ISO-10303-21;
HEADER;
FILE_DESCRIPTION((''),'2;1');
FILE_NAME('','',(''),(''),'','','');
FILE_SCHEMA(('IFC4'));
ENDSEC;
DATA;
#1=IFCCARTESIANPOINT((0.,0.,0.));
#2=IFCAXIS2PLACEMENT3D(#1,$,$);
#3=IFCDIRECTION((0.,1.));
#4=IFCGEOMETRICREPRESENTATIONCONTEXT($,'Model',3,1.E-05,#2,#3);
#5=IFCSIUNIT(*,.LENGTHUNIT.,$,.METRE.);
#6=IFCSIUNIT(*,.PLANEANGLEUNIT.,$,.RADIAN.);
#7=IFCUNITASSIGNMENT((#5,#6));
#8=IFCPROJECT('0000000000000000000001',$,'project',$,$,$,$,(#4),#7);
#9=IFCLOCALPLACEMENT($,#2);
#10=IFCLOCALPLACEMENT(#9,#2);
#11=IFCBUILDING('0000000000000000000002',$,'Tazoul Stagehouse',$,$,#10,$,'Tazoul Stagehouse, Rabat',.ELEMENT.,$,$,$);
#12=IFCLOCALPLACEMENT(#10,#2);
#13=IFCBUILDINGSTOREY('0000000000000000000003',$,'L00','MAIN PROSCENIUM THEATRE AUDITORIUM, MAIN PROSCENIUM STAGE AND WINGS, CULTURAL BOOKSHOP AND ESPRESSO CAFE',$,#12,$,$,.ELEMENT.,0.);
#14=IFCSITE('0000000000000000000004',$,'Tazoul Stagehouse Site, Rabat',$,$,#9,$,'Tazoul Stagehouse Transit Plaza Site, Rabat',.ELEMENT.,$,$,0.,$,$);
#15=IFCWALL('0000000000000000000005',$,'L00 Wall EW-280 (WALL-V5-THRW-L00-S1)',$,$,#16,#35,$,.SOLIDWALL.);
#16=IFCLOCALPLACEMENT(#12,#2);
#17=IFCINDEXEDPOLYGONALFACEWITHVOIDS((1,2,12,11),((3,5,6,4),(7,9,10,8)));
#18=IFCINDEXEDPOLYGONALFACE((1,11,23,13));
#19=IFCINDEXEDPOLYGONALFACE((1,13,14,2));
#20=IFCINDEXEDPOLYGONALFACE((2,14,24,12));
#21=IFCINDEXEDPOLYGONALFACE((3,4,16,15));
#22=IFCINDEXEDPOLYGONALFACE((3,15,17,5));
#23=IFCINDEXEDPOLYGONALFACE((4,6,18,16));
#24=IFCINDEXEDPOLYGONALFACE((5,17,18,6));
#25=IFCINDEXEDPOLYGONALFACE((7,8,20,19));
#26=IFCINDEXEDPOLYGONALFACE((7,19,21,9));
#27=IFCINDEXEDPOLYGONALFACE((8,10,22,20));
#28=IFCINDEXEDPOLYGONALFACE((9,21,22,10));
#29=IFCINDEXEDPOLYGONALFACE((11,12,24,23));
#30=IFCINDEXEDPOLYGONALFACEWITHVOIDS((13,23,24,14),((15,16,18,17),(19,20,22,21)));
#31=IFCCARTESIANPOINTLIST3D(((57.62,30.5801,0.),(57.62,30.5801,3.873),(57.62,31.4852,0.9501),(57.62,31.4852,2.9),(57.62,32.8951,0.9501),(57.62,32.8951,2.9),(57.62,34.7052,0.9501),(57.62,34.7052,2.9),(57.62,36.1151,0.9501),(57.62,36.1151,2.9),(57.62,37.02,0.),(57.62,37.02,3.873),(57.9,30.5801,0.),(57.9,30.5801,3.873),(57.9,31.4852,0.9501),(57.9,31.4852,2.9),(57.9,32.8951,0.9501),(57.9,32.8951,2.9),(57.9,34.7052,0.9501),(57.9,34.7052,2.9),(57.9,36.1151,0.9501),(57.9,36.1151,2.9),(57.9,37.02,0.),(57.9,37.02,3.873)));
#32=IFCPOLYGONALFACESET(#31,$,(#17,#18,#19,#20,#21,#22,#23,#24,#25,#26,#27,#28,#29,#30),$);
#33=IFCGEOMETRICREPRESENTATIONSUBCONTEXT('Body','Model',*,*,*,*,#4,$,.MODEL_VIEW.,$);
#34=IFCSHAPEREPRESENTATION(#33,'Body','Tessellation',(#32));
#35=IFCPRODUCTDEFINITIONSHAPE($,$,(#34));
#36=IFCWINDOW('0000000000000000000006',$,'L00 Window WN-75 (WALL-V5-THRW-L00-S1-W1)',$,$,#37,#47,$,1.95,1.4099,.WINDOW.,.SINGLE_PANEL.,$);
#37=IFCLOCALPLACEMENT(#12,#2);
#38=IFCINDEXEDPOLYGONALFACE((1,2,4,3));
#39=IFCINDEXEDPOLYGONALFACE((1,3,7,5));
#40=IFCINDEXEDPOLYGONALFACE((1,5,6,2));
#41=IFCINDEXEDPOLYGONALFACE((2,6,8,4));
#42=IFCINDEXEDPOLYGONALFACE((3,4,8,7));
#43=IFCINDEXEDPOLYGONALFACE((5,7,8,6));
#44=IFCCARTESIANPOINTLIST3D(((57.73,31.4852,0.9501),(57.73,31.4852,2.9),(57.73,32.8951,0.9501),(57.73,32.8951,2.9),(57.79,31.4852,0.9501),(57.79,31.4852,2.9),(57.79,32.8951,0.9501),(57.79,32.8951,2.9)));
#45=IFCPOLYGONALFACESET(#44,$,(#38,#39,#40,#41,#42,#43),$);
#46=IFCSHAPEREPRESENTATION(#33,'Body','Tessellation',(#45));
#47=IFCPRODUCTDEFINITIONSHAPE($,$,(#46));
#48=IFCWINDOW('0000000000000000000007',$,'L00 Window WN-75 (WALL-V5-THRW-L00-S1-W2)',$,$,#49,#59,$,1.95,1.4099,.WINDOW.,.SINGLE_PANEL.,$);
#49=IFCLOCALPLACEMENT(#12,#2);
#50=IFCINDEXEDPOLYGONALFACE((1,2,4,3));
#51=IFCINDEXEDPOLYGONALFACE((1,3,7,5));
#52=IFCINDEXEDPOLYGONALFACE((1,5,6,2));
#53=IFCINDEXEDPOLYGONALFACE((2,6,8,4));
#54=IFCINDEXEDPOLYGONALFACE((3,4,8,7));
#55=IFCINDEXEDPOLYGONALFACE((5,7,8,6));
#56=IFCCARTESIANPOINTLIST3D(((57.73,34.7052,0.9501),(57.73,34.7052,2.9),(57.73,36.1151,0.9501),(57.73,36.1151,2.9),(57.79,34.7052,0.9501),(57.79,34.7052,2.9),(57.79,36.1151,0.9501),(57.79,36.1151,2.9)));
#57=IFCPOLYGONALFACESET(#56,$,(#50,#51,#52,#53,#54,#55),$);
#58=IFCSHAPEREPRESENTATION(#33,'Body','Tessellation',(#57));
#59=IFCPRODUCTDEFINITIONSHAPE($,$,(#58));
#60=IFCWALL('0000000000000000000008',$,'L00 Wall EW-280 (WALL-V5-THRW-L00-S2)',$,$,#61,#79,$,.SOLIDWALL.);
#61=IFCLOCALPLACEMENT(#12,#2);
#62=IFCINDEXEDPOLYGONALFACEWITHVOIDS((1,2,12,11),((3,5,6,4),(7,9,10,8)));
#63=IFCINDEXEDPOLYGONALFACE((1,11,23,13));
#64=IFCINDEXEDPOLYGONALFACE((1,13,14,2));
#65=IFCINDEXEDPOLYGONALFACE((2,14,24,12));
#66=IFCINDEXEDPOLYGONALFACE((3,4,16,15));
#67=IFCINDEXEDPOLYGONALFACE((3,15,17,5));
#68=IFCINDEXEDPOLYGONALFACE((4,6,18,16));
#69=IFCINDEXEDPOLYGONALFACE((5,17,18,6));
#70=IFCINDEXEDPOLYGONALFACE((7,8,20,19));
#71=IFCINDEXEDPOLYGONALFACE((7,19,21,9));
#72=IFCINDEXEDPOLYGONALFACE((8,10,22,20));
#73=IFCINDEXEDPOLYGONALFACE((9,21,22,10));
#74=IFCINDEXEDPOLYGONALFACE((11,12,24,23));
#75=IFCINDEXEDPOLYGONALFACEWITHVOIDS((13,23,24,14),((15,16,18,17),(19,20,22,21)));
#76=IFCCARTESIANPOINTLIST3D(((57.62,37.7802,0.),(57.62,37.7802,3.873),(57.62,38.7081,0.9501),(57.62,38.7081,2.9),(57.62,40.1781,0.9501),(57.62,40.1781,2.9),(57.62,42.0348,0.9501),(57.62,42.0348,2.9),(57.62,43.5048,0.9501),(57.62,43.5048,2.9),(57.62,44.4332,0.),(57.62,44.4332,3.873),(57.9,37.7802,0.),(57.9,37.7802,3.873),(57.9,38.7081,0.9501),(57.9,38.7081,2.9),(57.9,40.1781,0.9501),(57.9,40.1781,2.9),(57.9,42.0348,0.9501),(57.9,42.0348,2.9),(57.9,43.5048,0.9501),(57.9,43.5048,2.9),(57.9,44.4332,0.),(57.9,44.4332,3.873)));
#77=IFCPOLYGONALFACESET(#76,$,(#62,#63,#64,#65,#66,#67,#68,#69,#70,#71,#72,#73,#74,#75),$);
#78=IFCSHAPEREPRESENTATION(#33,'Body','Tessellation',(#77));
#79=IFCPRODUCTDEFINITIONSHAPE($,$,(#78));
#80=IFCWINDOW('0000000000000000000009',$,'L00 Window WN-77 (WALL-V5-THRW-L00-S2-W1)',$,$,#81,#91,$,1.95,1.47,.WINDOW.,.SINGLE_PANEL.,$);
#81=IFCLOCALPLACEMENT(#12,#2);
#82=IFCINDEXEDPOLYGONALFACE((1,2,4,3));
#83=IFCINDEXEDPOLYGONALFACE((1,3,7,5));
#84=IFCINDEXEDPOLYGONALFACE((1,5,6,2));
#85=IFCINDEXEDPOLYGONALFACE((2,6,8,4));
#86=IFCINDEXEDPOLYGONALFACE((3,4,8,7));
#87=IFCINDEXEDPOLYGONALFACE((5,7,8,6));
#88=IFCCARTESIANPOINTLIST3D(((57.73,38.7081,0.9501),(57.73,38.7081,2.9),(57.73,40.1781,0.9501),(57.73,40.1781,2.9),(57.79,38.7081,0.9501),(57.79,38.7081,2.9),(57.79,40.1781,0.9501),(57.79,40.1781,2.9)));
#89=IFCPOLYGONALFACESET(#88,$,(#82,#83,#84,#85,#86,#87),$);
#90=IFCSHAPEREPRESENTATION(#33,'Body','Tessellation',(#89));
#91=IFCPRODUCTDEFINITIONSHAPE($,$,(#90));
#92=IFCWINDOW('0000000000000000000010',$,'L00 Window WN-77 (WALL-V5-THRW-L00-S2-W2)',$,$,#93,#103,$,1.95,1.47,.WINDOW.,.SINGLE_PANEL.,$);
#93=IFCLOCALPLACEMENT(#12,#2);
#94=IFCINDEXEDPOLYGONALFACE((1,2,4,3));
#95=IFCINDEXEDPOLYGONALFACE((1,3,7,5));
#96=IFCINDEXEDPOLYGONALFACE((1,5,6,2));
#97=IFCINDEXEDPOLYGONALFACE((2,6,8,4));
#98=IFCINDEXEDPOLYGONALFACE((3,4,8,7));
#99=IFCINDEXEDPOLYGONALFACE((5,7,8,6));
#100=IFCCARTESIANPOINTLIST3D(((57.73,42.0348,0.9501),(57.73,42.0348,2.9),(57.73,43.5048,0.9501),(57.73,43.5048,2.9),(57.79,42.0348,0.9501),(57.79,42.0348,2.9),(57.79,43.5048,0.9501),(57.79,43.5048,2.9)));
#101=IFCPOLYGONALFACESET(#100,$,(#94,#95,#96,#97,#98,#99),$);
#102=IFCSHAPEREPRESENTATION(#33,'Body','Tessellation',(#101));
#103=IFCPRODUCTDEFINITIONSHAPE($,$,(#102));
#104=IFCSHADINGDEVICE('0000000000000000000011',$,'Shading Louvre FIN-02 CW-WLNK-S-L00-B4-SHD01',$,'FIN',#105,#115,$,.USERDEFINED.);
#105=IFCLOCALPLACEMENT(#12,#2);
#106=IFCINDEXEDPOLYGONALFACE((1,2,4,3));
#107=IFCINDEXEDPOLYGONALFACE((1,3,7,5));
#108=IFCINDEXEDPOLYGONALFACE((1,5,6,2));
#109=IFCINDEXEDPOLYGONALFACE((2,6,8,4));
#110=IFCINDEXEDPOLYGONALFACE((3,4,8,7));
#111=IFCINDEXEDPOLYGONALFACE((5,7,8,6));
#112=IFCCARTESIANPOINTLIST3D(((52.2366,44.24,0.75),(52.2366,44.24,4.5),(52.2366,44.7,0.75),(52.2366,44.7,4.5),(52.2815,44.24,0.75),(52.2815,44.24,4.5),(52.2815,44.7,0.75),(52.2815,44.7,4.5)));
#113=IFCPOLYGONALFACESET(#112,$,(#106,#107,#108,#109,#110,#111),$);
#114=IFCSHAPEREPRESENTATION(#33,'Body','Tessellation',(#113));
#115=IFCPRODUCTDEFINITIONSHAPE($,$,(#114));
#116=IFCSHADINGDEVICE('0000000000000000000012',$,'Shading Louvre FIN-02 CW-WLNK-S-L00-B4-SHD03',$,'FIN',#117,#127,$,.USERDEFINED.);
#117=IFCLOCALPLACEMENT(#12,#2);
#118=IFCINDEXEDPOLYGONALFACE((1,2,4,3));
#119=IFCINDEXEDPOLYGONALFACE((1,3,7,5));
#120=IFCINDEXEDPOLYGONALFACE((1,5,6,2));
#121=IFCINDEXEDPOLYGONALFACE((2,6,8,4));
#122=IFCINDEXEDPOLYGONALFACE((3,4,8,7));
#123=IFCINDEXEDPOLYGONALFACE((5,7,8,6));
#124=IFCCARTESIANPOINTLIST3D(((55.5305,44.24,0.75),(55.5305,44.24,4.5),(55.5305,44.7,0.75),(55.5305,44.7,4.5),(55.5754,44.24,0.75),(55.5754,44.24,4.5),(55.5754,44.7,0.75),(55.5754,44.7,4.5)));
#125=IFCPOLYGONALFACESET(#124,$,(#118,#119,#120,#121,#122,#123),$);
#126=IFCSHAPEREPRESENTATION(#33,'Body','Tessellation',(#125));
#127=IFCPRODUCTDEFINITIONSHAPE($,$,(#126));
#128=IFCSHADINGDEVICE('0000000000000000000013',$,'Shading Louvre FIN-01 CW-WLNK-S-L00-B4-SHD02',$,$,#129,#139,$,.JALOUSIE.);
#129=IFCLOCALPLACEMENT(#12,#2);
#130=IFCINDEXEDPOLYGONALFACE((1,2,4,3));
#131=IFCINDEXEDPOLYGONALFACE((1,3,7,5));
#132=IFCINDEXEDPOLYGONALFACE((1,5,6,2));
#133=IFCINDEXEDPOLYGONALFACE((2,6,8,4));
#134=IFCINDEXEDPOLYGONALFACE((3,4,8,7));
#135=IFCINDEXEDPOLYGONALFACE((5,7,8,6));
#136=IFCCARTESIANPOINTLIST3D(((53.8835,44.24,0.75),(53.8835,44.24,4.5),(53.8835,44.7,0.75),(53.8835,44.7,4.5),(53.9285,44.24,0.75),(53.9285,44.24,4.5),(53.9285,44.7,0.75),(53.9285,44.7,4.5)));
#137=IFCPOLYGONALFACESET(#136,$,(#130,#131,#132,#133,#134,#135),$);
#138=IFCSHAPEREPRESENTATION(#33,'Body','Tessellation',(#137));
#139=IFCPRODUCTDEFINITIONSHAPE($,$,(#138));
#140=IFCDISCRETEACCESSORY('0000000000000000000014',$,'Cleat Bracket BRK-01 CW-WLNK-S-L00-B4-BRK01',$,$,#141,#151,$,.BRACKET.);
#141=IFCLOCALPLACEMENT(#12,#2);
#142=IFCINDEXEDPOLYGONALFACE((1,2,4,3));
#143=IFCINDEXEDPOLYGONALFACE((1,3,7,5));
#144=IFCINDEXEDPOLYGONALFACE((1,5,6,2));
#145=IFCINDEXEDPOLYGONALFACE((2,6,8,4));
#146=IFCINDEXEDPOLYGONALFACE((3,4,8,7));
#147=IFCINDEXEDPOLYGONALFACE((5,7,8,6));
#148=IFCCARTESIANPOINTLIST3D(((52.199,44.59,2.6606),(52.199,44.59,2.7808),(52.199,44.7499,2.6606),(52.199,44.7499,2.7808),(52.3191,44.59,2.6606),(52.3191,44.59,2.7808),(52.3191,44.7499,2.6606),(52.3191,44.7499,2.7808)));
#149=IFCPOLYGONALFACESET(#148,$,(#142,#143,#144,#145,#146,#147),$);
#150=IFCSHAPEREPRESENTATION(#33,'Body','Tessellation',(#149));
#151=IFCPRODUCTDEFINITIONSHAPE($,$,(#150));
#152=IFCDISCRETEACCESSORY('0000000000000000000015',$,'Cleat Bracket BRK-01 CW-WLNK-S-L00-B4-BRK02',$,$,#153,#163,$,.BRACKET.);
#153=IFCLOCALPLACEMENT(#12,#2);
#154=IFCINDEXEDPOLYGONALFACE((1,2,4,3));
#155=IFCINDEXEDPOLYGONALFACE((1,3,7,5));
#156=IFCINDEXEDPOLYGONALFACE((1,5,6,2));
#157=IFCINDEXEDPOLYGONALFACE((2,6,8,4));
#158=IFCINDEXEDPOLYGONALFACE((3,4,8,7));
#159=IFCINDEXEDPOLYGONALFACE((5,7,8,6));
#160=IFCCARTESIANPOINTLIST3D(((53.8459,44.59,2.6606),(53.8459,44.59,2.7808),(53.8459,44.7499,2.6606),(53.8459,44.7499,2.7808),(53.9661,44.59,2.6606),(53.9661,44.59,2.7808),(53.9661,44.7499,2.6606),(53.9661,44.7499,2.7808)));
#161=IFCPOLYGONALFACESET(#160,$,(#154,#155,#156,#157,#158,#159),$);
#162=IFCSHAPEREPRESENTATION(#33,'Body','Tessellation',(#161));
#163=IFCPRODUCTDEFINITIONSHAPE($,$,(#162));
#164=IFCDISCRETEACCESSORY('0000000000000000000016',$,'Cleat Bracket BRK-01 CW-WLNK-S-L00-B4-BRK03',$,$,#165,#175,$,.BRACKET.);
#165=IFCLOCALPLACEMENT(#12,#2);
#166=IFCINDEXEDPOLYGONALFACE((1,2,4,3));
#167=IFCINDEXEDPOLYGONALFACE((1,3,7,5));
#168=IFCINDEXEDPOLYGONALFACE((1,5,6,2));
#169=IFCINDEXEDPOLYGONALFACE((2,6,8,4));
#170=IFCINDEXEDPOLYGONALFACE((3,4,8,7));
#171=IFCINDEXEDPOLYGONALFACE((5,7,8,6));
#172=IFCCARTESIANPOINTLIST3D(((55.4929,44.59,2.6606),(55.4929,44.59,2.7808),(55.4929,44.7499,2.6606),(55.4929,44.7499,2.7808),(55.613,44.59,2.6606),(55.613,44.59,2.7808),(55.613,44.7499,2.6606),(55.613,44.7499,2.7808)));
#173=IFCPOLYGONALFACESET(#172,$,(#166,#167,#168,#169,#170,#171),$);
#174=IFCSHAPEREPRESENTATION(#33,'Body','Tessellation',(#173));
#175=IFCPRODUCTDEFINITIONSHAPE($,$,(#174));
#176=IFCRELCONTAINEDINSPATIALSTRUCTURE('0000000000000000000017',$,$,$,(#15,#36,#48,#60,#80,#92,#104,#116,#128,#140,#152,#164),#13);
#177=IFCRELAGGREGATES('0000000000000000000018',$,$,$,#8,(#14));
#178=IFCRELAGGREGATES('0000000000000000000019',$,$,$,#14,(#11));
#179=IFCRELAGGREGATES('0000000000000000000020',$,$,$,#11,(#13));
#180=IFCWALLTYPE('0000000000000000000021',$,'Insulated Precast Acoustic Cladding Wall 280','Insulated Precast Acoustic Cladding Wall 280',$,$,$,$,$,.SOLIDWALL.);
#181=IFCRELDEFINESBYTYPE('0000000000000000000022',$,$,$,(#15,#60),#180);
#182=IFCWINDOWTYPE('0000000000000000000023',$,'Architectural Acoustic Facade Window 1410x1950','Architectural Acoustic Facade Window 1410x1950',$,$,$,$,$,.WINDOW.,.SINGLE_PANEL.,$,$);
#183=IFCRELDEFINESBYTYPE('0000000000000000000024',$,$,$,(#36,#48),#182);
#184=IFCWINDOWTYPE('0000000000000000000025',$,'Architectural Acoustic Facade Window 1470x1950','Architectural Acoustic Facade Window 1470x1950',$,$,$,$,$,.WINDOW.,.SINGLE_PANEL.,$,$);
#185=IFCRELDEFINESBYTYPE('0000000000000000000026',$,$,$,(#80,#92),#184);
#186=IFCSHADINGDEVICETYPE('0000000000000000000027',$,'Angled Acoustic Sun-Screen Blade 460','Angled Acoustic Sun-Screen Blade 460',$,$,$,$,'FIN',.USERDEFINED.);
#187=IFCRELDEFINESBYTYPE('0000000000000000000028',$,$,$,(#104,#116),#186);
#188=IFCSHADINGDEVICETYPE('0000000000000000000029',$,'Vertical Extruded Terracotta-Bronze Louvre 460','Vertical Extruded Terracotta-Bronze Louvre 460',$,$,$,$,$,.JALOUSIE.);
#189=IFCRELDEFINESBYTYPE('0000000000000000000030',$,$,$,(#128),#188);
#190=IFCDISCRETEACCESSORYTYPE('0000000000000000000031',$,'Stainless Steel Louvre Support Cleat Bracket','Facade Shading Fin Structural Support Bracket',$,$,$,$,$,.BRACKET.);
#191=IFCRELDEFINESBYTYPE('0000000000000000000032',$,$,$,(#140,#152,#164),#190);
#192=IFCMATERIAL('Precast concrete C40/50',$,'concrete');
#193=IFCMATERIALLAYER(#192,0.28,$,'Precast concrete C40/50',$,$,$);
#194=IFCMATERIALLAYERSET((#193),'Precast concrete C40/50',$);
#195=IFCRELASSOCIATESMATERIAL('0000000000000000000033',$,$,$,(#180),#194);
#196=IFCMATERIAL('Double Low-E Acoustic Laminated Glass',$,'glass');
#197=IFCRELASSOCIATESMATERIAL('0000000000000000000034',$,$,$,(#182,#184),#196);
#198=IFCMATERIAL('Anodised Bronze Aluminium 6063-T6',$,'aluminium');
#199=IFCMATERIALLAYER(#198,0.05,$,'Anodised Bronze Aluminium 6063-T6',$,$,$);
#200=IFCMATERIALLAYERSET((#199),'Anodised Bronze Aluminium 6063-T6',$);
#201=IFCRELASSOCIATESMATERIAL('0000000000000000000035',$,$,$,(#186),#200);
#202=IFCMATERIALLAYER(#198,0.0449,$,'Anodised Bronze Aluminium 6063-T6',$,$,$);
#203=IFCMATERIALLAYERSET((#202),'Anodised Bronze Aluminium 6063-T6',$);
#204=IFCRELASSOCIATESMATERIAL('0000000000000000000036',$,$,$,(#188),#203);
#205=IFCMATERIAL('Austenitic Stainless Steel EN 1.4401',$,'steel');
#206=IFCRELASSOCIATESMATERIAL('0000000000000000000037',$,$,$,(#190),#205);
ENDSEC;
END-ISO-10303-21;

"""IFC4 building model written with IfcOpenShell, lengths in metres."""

from ifc_helpers import new_model, si_unit, direction, frame, frame_2d, origin, origin_2d, place, context, subcontext, project, spatial, rectangle, extrude, material, layer, layer_set, type_object, element, fill, save


model = new_model("IFC4")

# Units and contexts
model_context = context("Model", 3, precision=1e-05, world=origin(), true_north=direction((0.0, 1.0)))
body_context = subcontext(model_context, "Body", "Model", "MODEL_VIEW")
ifc_project = project(units=[si_unit("LENGTHUNIT", "METRE"), si_unit("PLANEANGLEUNIT", "RADIAN")], contexts=[model_context])

# Site, building, storey
site_placement = place(None, origin())
site = spatial("IfcSite", under=ifc_project, at=site_placement, Name="Tazoul Stagehouse Site, Rabat", LongName="Tazoul Stagehouse Transit Plaza Site, Rabat", CompositionType="ELEMENT", RefElevation=0.0)
building_placement = place(site_placement, origin())
building = spatial("IfcBuilding", under=site, at=building_placement, Name="Tazoul Stagehouse", LongName="Tazoul Stagehouse, Rabat", CompositionType="ELEMENT")
storey_placement = place(building_placement, origin())
storey = spatial("IfcBuildingStorey", under=building, at=storey_placement, Name="L00", Description="MAIN PROSCENIUM THEATRE AUDITORIUM, MAIN PROSCENIUM STAGE AND WINGS, CULTURAL BOOKSHOP AND ESPRESSO CAFE", CompositionType="ELEMENT", Elevation=0.0)

# Shared definitions
ifc_material_1 = material(Name="Anodised Bronze Aluminium 6063-T6", Category="aluminium")

# Walls, openings, windows
ifc_material_2 = material(Name="Precast concrete C40/50", Category="concrete")
ifc_layer_1 = layer(ifc_material_2, 0.28, Name="Precast concrete C40/50")
ifc_layer_set_1 = layer_set([ifc_layer_1], Name="Precast concrete C40/50")
wall_type = type_object("IfcWallType", Name="Insulated Precast Acoustic Cladding Wall 280", Description="Insulated Precast Acoustic Cladding Wall 280", PredefinedType="SOLIDWALL", material=ifc_layer_set_1)
wall_1_placement = place(storey_placement, frame((57.76, 30.5801, 0.0), z_axis=(0.0, 0.0, 1.0), x_axis=(0.0, 1.0, 0.0)))
wall_1 = element("IfcWall", 1, at=wall_1_placement, inside=storey, type_object=wall_type, Name="L00 Wall EW-280 (WALL-V5-THRW-L00-S1)", PredefinedType="SOLIDWALL", context=body_context, shape_type="SweptSolid", body=[
    extrude(rectangle(XDim=6.4399, YDim=0.28, at=frame_2d((3.22, 0.0))), origin(), (0.0, 0.0, 1.0), 3.873),
])
opening_1_placement = place(wall_1_placement, frame((0.905, 0.0, 0.95)))
opening_1 = element("IfcOpeningElement", 2, at=opening_1_placement, cuts=wall_1, PredefinedType="OPENING", context=body_context, shape_type="SweptSolid", body=[
    extrude(rectangle(XDim=1.4099, YDim=1.95, at=frame_2d((0.7051, 0.9751))), frame((0.0, 0.1599, 0.0), z_axis=(0.0, -1.0, 0.0), x_axis=(1.0, 0.0, 0.0)), (0.0, 0.0, 1.0), 0.3201),
])
opening_2_placement = place(wall_1_placement, frame((4.125, 0.0, 0.95)))
opening_2 = element("IfcOpeningElement", 3, at=opening_2_placement, cuts=wall_1, PredefinedType="OPENING", context=body_context, shape_type="SweptSolid", body=[
    extrude(rectangle(XDim=1.4099, YDim=1.95, at=frame_2d((0.7051, 0.9751))), frame((0.0, 0.1599, 0.0), z_axis=(0.0, -1.0, 0.0), x_axis=(1.0, 0.0, 0.0)), (0.0, 0.0, 1.0), 0.3201),
])
ifc_material_3 = material(Name="Double Low-E Acoustic Laminated Glass", Category="glass")
window_type_1 = type_object("IfcWindowType", Name="Architectural Acoustic Facade Window 1410x1950", Description="Architectural Acoustic Facade Window 1410x1950", PartitioningType="SINGLE_PANEL", PredefinedType="WINDOW", material=ifc_material_3)
window_1_placement = place(opening_1_placement, origin())
window_1 = element("IfcWindow", 4, at=window_1_placement, inside=storey, type_object=window_type_1, Name="L00 Window WN-75 (WALL-V5-THRW-L00-S1-W1)", OverallHeight=1.95, OverallWidth=1.4099, PartitioningType="SINGLE_PANEL", PredefinedType="WINDOW", context=body_context, shape_type="SweptSolid", body=[
    extrude(rectangle(XDim=1.4099, YDim=1.95, at=frame_2d((0.7051, 0.9751))), frame((0.0, 0.03, 0.0), z_axis=(0.0, -1.0, 0.0), x_axis=(1.0, 0.0, 0.0)), (0.0, 0.0, 1.0), 0.0601),
])
fill(opening_1, window_1)
window_2_placement = place(opening_2_placement, origin())
window_2 = element("IfcWindow", 5, at=window_2_placement, inside=storey, type_object=window_type_1, Name="L00 Window WN-75 (WALL-V5-THRW-L00-S1-W2)", OverallHeight=1.95, OverallWidth=1.4099, PartitioningType="SINGLE_PANEL", PredefinedType="WINDOW", context=body_context, shape_type="SweptSolid", body=[
    extrude(rectangle(XDim=1.4099, YDim=1.95, at=frame_2d((0.7051, 0.9751))), frame((0.0, 0.03, 0.0), z_axis=(0.0, -1.0, 0.0), x_axis=(1.0, 0.0, 0.0)), (0.0, 0.0, 1.0), 0.0601),
])
fill(opening_2, window_2)
wall_2_placement = place(storey_placement, frame((57.76, 37.78, 0.0), z_axis=(0.0, 0.0, 1.0), x_axis=(0.0, 1.0, 0.0)))
wall_2 = element("IfcWall", 6, at=wall_2_placement, inside=storey, type_object=wall_type, Name="L00 Wall EW-280 (WALL-V5-THRW-L00-S2)", PredefinedType="SOLIDWALL", context=body_context, shape_type="SweptSolid", body=[
    extrude(rectangle(XDim=6.6531, YDim=0.28, at=frame_2d((3.3267, 0.0))), origin(), (0.0, 0.0, 1.0), 3.873),
])
opening_3_placement = place(wall_2_placement, frame((0.9282, 0.0, 0.95)))
opening_3 = element("IfcOpeningElement", 7, at=opening_3_placement, cuts=wall_2, PredefinedType="OPENING", context=body_context, shape_type="SweptSolid", body=[
    extrude(rectangle(XDim=1.47, YDim=1.95, at=frame_2d((0.7349, 0.9751))), frame((0.0, 0.1599, 0.0), z_axis=(0.0, -1.0, 0.0), x_axis=(1.0, 0.0, 0.0)), (0.0, 0.0, 1.0), 0.3201),
])
opening_4_placement = place(wall_2_placement, frame((4.2549, 0.0, 0.95)))
opening_4 = element("IfcOpeningElement", 8, at=opening_4_placement, cuts=wall_2, PredefinedType="OPENING", context=body_context, shape_type="SweptSolid", body=[
    extrude(rectangle(XDim=1.47, YDim=1.95, at=frame_2d((0.7349, 0.9751))), frame((0.0, 0.1599, 0.0), z_axis=(0.0, -1.0, 0.0), x_axis=(1.0, 0.0, 0.0)), (0.0, 0.0, 1.0), 0.3201),
])
window_type_2 = type_object("IfcWindowType", Name="Architectural Acoustic Facade Window 1470x1950", Description="Architectural Acoustic Facade Window 1470x1950", PartitioningType="SINGLE_PANEL", PredefinedType="WINDOW", material=ifc_material_3)
window_3_placement = place(opening_3_placement, origin())
window_3 = element("IfcWindow", 9, at=window_3_placement, inside=storey, type_object=window_type_2, Name="L00 Window WN-77 (WALL-V5-THRW-L00-S2-W1)", OverallHeight=1.95, OverallWidth=1.47, PartitioningType="SINGLE_PANEL", PredefinedType="WINDOW", context=body_context, shape_type="SweptSolid", body=[
    extrude(rectangle(XDim=1.47, YDim=1.95, at=frame_2d((0.7349, 0.9751))), frame((0.0, 0.03, 0.0), z_axis=(0.0, -1.0, 0.0), x_axis=(1.0, 0.0, 0.0)), (0.0, 0.0, 1.0), 0.0601),
])
fill(opening_3, window_3)
window_4_placement = place(opening_4_placement, origin())
window_4 = element("IfcWindow", 10, at=window_4_placement, inside=storey, type_object=window_type_2, Name="L00 Window WN-77 (WALL-V5-THRW-L00-S2-W2)", OverallHeight=1.95, OverallWidth=1.47, PartitioningType="SINGLE_PANEL", PredefinedType="WINDOW", context=body_context, shape_type="SweptSolid", body=[
    extrude(rectangle(XDim=1.47, YDim=1.95, at=frame_2d((0.7349, 0.9751))), frame((0.0, 0.03, 0.0), z_axis=(0.0, -1.0, 0.0), x_axis=(1.0, 0.0, 0.0)), (0.0, 0.0, 1.0), 0.0601),
])
fill(opening_4, window_4)

# Shading devices
ifc_layer_2 = layer(ifc_material_1, 0.05, Name="Anodised Bronze Aluminium 6063-T6")
ifc_layer_set_2 = layer_set([ifc_layer_2], Name="Anodised Bronze Aluminium 6063-T6")
shading_device_type_1 = type_object("IfcShadingDeviceType", Name="Angled Acoustic Sun-Screen Blade 460", Description="Angled Acoustic Sun-Screen Blade 460", ElementType="FIN", PredefinedType="USERDEFINED", material=ifc_layer_set_2)
for number, where, z_axis, x_axis, name in (
    (11, (52.259, 44.47, 0.75), (0.0, 0.0, 1.0), (1.0, 0.0, 0.0), "Shading Louvre FIN-02 CW-WLNK-S-L00-B4-SHD01"),
    (12, (55.553, 44.47, 0.75), (0.0, 0.0, 1.0), (1.0, 0.0, 0.0), "Shading Louvre FIN-02 CW-WLNK-S-L00-B4-SHD03"),
):
    element("IfcShadingDevice", number, at=place(storey_placement, frame(where, z_axis=z_axis, x_axis=x_axis)), inside=storey, type_object=shading_device_type_1, Name=name, ObjectType="FIN", PredefinedType="USERDEFINED", context=body_context, shape_type="SweptSolid", body=[
        extrude(rectangle(XDim=0.0449, YDim=0.46, at=origin_2d()), origin(), (0.0, 0.0, 1.0), 3.75),
    ])
ifc_layer_3 = layer(ifc_material_1, 0.0449, Name="Anodised Bronze Aluminium 6063-T6")
ifc_layer_set_3 = layer_set([ifc_layer_3], Name="Anodised Bronze Aluminium 6063-T6")
shading_device_type_2 = type_object("IfcShadingDeviceType", Name="Vertical Extruded Terracotta-Bronze Louvre 460", Description="Vertical Extruded Terracotta-Bronze Louvre 460", PredefinedType="JALOUSIE", material=ifc_layer_set_3)
shading_device_placement = place(storey_placement, frame((53.906, 44.47, 0.75), z_axis=(0.0, 0.0, 1.0), x_axis=(1.0, 0.0, 0.0)))
element("IfcShadingDevice", 13, at=shading_device_placement, inside=storey, type_object=shading_device_type_2, Name="Shading Louvre FIN-01 CW-WLNK-S-L00-B4-SHD02", PredefinedType="JALOUSIE", context=body_context, shape_type="SweptSolid", body=[
    extrude(rectangle(XDim=0.0449, YDim=0.46, at=origin_2d()), origin(), (0.0, 0.0, 1.0), 3.75),
])

# Discrete accessories
ifc_material_4 = material(Name="Austenitic Stainless Steel EN 1.4401", Category="steel")
discrete_accessory_type = type_object("IfcDiscreteAccessoryType", Name="Stainless Steel Louvre Support Cleat Bracket", Description="Facade Shading Fin Structural Support Bracket", PredefinedType="BRACKET", material=ifc_material_4)
for number, where, z_axis, x_axis, name in (
    (14, (52.259, 44.6699, 2.6606), (0.0, 0.0, 1.0), (1.0, 0.0, 0.0), "Cleat Bracket BRK-01 CW-WLNK-S-L00-B4-BRK01"),
    (15, (53.906, 44.6699, 2.6606), (0.0, 0.0, 1.0), (1.0, 0.0, 0.0), "Cleat Bracket BRK-01 CW-WLNK-S-L00-B4-BRK02"),
    (16, (55.553, 44.6699, 2.6606), (0.0, 0.0, 1.0), (1.0, 0.0, 0.0), "Cleat Bracket BRK-01 CW-WLNK-S-L00-B4-BRK03"),
):
    element("IfcDiscreteAccessory", number, at=place(storey_placement, frame(where, z_axis=z_axis, x_axis=x_axis)), inside=storey, type_object=discrete_accessory_type, Name=name, PredefinedType="BRACKET", context=body_context, shape_type="SweptSolid", body=[
        extrude(rectangle(XDim=0.1201, YDim=0.1599, at=origin_2d()), origin(), (0.0, 0.0, 1.0), 0.1201),
    ])

save(model, "model.ifc")
